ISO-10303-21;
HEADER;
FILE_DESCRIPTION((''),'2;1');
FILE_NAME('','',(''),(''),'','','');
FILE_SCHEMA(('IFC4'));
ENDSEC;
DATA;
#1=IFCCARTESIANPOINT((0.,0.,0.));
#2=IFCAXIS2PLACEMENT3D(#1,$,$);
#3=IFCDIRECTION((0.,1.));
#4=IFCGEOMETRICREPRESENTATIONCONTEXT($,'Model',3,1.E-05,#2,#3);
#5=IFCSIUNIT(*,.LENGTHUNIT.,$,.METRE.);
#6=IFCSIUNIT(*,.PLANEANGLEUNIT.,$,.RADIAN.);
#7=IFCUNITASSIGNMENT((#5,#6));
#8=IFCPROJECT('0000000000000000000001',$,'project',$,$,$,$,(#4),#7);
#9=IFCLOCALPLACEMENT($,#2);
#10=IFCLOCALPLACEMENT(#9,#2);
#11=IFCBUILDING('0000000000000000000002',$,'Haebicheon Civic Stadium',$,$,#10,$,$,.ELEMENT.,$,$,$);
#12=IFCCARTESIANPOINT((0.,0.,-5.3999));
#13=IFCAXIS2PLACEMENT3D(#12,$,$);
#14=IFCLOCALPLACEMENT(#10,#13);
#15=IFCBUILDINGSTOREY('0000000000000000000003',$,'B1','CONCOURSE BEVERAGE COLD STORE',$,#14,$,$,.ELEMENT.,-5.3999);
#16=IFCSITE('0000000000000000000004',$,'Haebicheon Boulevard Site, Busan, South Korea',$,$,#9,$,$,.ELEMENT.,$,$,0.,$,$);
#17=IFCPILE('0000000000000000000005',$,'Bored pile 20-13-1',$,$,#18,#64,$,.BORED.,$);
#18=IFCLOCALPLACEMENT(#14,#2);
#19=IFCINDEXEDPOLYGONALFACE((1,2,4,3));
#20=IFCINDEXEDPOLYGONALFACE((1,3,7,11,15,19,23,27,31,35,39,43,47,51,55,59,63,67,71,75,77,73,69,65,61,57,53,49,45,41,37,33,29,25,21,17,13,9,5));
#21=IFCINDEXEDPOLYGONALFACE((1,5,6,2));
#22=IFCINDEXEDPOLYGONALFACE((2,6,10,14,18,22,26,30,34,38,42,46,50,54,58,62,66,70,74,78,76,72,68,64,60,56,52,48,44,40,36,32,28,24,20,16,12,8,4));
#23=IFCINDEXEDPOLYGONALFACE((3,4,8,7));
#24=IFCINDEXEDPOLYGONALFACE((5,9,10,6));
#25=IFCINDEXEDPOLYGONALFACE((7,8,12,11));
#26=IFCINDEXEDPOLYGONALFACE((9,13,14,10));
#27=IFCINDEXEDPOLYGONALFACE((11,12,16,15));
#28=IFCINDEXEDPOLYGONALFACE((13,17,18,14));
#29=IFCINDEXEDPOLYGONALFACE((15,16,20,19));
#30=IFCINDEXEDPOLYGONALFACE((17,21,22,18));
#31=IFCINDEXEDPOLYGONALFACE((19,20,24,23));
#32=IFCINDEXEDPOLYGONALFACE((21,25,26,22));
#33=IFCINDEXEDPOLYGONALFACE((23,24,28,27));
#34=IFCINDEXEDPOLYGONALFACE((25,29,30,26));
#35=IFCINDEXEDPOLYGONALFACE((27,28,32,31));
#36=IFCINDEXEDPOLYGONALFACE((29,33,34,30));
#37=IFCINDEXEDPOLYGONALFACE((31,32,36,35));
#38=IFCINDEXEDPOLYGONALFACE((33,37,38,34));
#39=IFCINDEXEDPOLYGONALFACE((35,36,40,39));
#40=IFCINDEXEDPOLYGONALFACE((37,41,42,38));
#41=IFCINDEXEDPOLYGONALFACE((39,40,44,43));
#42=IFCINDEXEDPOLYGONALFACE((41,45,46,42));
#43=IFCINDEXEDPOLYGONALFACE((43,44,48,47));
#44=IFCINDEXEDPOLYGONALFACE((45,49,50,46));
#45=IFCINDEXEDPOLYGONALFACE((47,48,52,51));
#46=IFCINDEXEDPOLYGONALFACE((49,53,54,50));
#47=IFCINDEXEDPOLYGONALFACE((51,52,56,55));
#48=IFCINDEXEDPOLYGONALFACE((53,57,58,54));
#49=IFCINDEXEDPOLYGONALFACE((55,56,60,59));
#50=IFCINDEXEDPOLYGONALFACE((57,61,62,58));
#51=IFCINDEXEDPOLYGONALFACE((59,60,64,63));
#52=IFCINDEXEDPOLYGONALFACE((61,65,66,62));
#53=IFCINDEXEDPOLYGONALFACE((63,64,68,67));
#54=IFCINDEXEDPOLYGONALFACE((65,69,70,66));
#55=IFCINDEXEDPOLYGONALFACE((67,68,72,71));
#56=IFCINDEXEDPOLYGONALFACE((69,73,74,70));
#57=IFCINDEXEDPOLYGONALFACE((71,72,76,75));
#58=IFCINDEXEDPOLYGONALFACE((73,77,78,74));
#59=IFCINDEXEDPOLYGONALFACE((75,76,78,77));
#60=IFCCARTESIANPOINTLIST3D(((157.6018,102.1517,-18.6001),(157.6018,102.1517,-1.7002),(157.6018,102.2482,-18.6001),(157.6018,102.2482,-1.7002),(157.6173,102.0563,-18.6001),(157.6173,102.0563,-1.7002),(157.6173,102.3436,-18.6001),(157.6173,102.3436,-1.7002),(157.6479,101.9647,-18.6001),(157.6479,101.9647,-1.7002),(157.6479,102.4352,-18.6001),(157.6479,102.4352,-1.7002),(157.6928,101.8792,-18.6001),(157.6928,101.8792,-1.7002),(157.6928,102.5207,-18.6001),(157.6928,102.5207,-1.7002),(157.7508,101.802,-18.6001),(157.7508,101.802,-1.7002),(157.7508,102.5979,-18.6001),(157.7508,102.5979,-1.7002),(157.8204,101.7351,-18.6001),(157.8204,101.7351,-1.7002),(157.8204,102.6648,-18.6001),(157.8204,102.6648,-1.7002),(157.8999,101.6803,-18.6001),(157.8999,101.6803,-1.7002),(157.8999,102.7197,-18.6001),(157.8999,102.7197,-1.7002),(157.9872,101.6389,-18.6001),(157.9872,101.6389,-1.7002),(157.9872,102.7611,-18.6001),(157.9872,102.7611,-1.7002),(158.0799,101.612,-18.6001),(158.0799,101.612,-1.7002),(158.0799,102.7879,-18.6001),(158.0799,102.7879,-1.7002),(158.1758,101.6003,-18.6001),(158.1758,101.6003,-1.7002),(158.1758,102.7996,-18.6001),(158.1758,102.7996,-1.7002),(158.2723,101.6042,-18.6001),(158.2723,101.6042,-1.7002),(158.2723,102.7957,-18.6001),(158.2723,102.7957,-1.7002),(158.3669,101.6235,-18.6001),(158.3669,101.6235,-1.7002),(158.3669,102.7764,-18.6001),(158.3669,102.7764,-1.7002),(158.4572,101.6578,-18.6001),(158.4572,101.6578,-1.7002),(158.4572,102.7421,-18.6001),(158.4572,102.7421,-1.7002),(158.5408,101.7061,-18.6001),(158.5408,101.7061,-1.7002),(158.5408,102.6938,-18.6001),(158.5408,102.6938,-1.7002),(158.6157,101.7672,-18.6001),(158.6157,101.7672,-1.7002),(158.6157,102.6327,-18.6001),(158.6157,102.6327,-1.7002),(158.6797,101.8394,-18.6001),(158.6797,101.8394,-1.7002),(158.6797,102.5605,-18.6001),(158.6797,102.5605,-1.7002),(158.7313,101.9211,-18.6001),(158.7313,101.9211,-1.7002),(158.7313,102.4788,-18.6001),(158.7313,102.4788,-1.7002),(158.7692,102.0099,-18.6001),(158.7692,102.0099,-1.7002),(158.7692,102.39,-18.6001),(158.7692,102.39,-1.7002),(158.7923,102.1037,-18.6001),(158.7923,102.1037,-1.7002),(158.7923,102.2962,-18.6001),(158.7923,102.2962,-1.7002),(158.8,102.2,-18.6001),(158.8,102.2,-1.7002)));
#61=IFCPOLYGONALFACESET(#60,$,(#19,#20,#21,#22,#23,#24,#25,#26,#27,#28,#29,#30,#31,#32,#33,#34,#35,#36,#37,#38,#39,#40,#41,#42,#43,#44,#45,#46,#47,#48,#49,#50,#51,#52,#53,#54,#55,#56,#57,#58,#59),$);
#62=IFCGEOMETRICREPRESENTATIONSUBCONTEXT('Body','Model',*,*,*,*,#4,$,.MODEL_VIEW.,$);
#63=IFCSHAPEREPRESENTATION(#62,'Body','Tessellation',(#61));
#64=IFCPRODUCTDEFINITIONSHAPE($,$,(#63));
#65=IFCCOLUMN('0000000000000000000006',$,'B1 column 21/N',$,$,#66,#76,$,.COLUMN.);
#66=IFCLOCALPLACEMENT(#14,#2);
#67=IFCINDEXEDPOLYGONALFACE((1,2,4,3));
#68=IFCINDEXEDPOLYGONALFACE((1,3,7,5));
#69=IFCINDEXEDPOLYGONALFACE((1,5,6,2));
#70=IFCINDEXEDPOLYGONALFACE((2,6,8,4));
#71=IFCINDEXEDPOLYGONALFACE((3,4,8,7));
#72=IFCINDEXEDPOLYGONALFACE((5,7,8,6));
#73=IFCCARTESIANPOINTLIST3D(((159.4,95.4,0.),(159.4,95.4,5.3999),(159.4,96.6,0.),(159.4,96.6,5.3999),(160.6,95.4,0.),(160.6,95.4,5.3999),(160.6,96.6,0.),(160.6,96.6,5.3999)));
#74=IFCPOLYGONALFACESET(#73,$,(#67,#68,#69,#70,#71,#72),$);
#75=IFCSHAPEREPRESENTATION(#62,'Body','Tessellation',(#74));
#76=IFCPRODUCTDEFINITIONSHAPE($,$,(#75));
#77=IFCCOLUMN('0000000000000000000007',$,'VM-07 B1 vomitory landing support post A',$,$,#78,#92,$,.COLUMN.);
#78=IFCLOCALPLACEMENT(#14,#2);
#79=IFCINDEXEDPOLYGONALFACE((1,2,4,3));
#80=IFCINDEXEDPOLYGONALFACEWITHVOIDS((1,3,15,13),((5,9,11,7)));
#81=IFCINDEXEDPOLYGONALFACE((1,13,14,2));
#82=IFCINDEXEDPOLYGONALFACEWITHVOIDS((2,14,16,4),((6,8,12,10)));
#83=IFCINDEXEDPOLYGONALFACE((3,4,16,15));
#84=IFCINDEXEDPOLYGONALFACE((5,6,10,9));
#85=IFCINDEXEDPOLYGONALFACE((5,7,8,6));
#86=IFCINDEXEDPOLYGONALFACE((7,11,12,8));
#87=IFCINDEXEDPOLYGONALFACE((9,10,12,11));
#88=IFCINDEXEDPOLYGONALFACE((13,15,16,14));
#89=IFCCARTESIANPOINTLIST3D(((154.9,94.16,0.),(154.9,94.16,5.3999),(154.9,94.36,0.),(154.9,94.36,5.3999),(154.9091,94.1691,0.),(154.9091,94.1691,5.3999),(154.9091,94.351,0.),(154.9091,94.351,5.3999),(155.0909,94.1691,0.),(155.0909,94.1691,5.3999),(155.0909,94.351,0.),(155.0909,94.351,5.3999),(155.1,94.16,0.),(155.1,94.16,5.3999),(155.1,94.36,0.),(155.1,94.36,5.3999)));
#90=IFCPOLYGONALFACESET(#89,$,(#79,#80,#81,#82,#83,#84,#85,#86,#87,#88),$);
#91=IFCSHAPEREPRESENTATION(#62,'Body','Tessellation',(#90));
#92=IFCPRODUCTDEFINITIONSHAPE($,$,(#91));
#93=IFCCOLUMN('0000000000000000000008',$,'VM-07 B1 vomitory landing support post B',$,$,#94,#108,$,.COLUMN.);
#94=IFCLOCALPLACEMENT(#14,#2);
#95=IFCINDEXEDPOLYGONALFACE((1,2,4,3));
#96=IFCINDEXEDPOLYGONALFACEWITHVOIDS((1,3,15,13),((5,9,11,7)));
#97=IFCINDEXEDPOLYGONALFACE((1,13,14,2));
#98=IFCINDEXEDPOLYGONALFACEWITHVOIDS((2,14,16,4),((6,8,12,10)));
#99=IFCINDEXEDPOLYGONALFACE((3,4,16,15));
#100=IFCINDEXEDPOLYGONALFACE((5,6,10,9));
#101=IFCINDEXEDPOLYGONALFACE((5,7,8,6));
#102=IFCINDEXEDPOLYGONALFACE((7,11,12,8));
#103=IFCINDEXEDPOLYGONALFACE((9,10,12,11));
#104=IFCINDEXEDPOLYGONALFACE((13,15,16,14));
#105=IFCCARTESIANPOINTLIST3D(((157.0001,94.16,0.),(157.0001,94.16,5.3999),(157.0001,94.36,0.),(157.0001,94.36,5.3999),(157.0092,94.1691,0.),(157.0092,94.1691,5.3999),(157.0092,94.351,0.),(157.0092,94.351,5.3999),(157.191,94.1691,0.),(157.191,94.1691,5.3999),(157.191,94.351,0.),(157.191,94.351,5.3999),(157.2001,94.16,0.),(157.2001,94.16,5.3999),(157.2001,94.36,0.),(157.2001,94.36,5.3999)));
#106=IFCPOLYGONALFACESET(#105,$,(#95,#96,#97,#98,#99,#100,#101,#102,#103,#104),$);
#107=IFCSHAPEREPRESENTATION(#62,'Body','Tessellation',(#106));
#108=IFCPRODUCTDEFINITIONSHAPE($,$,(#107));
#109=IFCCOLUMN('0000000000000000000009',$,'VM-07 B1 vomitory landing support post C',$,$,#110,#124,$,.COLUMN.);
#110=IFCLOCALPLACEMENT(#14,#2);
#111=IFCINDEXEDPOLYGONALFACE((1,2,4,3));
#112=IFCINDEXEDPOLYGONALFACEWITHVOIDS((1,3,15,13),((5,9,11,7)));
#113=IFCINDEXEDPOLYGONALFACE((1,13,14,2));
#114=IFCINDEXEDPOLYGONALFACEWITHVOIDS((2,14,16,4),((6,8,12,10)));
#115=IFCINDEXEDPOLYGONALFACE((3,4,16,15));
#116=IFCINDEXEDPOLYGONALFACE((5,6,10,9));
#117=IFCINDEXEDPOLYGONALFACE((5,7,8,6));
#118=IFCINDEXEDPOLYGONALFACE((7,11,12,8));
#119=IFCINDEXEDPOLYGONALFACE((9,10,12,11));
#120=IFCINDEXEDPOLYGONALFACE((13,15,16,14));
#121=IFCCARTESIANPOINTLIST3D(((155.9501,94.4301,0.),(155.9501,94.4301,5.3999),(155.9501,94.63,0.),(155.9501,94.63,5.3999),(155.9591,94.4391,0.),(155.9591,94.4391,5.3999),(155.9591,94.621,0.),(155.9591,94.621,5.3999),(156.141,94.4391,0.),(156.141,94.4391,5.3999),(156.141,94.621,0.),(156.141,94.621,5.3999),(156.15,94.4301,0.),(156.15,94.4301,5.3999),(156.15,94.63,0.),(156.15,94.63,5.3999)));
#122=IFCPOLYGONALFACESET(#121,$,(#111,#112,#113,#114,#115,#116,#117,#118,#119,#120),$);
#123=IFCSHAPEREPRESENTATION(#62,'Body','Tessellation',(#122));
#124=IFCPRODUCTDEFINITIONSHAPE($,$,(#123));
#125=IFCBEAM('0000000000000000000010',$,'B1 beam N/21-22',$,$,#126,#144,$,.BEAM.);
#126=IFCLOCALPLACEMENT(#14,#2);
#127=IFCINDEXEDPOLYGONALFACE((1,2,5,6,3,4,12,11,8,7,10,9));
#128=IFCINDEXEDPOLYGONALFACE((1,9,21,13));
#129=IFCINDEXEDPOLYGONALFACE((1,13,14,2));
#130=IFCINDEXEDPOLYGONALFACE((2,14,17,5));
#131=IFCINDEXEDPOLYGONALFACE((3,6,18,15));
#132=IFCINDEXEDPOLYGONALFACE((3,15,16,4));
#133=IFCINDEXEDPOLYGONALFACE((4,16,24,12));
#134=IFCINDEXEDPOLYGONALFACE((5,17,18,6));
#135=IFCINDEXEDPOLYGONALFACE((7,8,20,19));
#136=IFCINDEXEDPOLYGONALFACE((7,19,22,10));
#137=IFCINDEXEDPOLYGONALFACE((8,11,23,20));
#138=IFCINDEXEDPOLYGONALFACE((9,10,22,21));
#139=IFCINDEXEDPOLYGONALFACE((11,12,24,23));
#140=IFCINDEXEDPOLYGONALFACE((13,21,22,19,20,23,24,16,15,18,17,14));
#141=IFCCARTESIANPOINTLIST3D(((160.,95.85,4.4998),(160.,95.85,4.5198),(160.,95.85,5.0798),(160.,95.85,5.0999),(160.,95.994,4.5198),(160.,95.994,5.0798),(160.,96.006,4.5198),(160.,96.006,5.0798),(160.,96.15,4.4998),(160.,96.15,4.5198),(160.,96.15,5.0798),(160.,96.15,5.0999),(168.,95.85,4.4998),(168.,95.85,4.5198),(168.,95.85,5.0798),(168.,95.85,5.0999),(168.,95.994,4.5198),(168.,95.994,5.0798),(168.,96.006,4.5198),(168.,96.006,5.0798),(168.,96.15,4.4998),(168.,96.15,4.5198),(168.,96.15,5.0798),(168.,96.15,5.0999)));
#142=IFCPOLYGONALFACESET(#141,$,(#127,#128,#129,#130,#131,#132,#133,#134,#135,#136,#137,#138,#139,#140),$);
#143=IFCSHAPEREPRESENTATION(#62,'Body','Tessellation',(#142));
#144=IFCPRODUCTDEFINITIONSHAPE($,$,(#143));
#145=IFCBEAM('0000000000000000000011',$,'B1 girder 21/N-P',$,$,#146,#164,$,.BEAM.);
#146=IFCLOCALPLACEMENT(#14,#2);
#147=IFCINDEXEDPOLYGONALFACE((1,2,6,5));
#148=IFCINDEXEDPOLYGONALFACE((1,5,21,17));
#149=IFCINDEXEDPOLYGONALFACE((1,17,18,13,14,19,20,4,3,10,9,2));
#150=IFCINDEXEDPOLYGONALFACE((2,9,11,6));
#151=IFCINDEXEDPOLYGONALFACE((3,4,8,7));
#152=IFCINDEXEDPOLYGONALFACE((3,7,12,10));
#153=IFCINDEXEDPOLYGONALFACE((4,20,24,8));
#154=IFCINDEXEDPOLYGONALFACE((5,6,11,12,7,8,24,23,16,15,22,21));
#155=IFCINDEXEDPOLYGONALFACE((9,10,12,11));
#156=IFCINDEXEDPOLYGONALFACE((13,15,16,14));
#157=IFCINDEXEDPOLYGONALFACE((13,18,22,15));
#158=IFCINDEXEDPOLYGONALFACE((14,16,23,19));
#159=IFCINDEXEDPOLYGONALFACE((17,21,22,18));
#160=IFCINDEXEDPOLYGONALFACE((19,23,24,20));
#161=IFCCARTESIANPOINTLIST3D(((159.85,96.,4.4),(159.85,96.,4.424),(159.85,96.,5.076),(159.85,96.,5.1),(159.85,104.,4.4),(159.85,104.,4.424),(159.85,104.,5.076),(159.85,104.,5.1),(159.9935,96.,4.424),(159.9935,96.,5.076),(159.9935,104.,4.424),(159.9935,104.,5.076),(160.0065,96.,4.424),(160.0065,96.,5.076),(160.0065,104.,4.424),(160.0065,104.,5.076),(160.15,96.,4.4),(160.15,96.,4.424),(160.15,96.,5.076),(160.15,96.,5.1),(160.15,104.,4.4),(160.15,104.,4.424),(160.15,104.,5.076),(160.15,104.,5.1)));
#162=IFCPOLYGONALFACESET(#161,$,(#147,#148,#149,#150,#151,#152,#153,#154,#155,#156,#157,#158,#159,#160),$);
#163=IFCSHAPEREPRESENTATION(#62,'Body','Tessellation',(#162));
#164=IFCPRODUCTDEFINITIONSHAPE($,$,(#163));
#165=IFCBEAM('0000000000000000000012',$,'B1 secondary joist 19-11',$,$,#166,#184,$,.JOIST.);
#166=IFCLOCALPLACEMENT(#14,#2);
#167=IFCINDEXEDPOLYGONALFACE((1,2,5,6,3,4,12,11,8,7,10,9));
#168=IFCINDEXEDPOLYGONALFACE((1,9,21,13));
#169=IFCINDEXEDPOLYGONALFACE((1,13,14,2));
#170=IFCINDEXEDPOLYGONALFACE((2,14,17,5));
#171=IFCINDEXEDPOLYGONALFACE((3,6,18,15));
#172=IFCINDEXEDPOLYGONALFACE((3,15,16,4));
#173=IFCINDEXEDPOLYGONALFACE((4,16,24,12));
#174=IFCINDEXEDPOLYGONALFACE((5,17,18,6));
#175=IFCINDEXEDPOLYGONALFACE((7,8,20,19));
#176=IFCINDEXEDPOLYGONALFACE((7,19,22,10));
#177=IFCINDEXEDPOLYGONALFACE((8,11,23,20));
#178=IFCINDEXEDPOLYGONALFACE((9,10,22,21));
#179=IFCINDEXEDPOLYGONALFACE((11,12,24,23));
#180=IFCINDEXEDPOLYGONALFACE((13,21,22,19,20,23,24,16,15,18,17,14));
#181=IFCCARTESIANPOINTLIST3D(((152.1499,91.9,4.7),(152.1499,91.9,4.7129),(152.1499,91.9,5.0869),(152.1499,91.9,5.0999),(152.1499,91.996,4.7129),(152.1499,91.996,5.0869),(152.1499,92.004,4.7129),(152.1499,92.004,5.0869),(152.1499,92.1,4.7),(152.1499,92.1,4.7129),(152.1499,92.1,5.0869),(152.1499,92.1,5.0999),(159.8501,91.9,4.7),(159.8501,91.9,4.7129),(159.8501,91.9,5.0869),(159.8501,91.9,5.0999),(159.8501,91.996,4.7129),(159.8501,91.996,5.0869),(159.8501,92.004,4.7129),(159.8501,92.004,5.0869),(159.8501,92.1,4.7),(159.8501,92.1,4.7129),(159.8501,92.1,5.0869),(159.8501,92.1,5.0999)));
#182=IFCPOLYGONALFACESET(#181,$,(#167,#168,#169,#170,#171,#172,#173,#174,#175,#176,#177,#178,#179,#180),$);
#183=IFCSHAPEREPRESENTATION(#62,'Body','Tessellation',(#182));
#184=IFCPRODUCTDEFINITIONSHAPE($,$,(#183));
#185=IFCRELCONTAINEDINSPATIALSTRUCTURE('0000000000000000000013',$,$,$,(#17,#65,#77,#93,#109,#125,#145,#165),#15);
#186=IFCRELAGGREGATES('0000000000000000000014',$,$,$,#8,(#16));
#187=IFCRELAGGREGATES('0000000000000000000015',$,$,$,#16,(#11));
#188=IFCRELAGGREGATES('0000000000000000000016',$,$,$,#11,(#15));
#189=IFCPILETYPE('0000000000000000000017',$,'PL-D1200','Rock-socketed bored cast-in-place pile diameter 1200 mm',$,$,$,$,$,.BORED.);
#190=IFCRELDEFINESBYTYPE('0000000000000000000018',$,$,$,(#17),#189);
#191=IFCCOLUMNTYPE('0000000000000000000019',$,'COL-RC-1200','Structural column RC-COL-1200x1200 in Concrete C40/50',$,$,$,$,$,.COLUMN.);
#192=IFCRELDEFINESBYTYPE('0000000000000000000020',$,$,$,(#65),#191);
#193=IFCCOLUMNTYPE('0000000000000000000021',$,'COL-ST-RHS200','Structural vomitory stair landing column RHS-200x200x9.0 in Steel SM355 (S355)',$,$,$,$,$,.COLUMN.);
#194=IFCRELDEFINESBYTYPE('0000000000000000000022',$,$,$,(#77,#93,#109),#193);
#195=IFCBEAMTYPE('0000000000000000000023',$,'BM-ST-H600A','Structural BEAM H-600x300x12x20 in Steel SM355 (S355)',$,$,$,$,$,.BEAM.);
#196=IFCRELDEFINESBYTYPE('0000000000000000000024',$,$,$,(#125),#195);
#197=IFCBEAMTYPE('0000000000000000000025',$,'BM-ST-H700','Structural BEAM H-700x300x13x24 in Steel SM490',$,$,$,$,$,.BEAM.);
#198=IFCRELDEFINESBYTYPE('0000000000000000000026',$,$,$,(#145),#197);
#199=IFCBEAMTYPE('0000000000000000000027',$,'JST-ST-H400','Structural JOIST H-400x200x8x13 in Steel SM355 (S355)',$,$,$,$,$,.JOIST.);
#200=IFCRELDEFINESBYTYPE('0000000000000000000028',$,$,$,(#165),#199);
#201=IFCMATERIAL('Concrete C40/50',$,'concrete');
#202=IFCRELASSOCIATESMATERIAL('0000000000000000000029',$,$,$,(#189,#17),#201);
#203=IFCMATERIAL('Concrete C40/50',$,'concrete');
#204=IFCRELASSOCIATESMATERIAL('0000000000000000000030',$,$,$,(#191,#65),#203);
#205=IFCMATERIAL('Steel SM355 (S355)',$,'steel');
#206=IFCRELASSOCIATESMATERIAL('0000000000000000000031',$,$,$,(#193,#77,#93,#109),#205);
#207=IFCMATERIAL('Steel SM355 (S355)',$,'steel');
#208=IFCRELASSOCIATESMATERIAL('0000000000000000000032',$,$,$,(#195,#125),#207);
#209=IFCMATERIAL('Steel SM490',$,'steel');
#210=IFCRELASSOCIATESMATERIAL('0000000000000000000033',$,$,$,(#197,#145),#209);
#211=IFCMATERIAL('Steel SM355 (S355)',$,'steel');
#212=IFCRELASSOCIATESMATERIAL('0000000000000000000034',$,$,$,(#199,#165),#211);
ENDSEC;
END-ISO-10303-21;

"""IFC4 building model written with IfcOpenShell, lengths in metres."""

from ifc_helpers import new_model, si_unit, direction, frame, origin, origin_2d, place, context, subcontext, project, spatial, rectangle, hollow_rectangle, circle, i_section, extrude, material, material_profile, profile_set, type_object, element, save


model = new_model("IFC4")

# Units and contexts
model_context = context("Model", 3, precision=1e-05, world=origin(), true_north=direction((0.0, 1.0)))
body_context = subcontext(model_context, "Body", "Model", "MODEL_VIEW")
ifc_project = project(units=[si_unit("LENGTHUNIT", "METRE"), si_unit("PLANEANGLEUNIT", "RADIAN")], contexts=[model_context])

# Site, building, storey
site_placement = place(None, origin())
site = spatial("IfcSite", under=ifc_project, at=site_placement, Name="Haebicheon Boulevard Site, Busan, South Korea", CompositionType="ELEMENT", RefElevation=0.0)
building_placement = place(site_placement, origin())
building = spatial("IfcBuilding", under=site, at=building_placement, Name="Haebicheon Civic Stadium", CompositionType="ELEMENT")
storey_placement = place(building_placement, frame((0.0, 0.0, -5.3999)))
storey = spatial("IfcBuildingStorey", under=building, at=storey_placement, Name="B1", Description="CONCOURSE BEVERAGE COLD STORE", CompositionType="ELEMENT", Elevation=-5.3999)

# Pile
ifc_material_1 = material(Name="Concrete C40/50", Category="concrete")
ifc_material_profile_1 = material_profile(ifc_material_1, circle(Radius=0.6001, at=origin_2d()), Name="PILE-D1200")
ifc_profile_set_1 = profile_set([ifc_material_profile_1], Name="Concrete C40/50")
pile_type = type_object("IfcPileType", Name="PL-D1200", Description="Rock-socketed bored cast-in-place pile diameter 1200 mm", PredefinedType="BORED", material=ifc_profile_set_1)
for number, where, z_axis, x_axis, name in (
    (1, (158.2, 102.2, -1.7002), (0.0, 0.0, -1.0), (1.0, 0.0, 0.0), "Bored pile 20-13-1"),
):
    element("IfcPile", number, at=place(storey_placement, frame(where, z_axis=z_axis, x_axis=x_axis)), inside=storey, type_object=pile_type, material=ifc_profile_set_1, Name=name, PredefinedType="BORED", context=body_context, shape_type="SweptSolid", body=[
        extrude(circle(Radius=0.6001, at=origin_2d()), origin(), (0.0, 0.0, 1.0), 16.8999),
    ])

# Columns
ifc_material_2 = material(Name="Concrete C40/50", Category="concrete")
ifc_material_profile_2 = material_profile(ifc_material_2, rectangle(XDim=1.2, YDim=1.2, at=origin_2d()), Name="RC-COL-1200x1200")
ifc_profile_set_2 = profile_set([ifc_material_profile_2], Name="Concrete C40/50")
column_type_1 = type_object("IfcColumnType", Name="COL-RC-1200", Description="Structural column RC-COL-1200x1200 in Concrete C40/50", PredefinedType="COLUMN", material=ifc_profile_set_2)
column_placement = place(storey_placement, frame((160.0, 96.0, 0.0), z_axis=(0.0, 0.0, 1.0), x_axis=(1.0, 0.0, 0.0)))
element("IfcColumn", 2, at=column_placement, inside=storey, type_object=column_type_1, material=ifc_profile_set_2, Name="B1 column 21/N", PredefinedType="COLUMN", context=body_context, shape_type="SweptSolid", body=[
    extrude(rectangle(XDim=1.2, YDim=1.2, at=origin_2d()), origin(), (0.0, 0.0, 1.0), 5.3999),
])
ifc_material_3 = material(Name="Steel SM355 (S355)", Category="steel")
ifc_material_profile_3 = material_profile(ifc_material_3, hollow_rectangle(XDim=0.2, YDim=0.2, WallThickness=0.009, at=origin_2d()), Name="RHS-200x200x9.0")
ifc_profile_set_3 = profile_set([ifc_material_profile_3], Name="Steel SM355 (S355)")
column_type_2 = type_object("IfcColumnType", Name="COL-ST-RHS200", Description="Structural vomitory stair landing column RHS-200x200x9.0 in Steel SM355 (S355)", PredefinedType="COLUMN", material=ifc_profile_set_3)
for number, where, z_axis, x_axis, name in (
    (3, (155.0, 94.26, 0.0), (0.0, 0.0, 1.0), (1.0, 0.0, 0.0), "VM-07 B1 vomitory landing support post A"),
    (4, (157.1001, 94.26, 0.0), (0.0, 0.0, 1.0), (1.0, 0.0, 0.0), "VM-07 B1 vomitory landing support post B"),
    (5, (156.05, 94.53, 0.0), (0.0, 0.0, 1.0), (1.0, 0.0, 0.0), "VM-07 B1 vomitory landing support post C"),
):
    element("IfcColumn", number, at=place(storey_placement, frame(where, z_axis=z_axis, x_axis=x_axis)), inside=storey, type_object=column_type_2, material=ifc_profile_set_3, Name=name, PredefinedType="COLUMN", context=body_context, shape_type="SweptSolid", body=[
        extrude(hollow_rectangle(XDim=0.2, YDim=0.2, WallThickness=0.009, at=origin_2d()), origin(), (0.0, 0.0, 1.0), 5.3999),
    ])

# Beams
ifc_material_4 = material(Name="Steel SM355 (S355)", Category="steel")
ifc_material_profile_4 = material_profile(ifc_material_4, i_section(OverallWidth=0.3, OverallDepth=0.6001, WebThickness=0.012, FlangeThickness=0.02, at=origin_2d()), Name="H-600x300x12x20")
ifc_profile_set_4 = profile_set([ifc_material_profile_4], Name="Steel SM355 (S355)")
beam_type_1 = type_object("IfcBeamType", Name="BM-ST-H600A", Description="Structural BEAM H-600x300x12x20 in Steel SM355 (S355)", PredefinedType="BEAM", material=ifc_profile_set_4)
beam_1_placement = place(storey_placement, frame((160.0, 96.0, 4.7998), z_axis=(1.0, 0.0, 0.0), x_axis=(0.0, 1.0, 0.0)))
element("IfcBeam", 6, at=beam_1_placement, inside=storey, type_object=beam_type_1, material=ifc_profile_set_4, Name="B1 beam N/21-22", PredefinedType="BEAM", context=body_context, shape_type="SweptSolid", body=[
    extrude(i_section(OverallWidth=0.3, OverallDepth=0.6001, WebThickness=0.012, FlangeThickness=0.02, at=origin_2d()), origin(), (0.0, 0.0, 1.0), 8.0),
])
ifc_material_5 = material(Name="Steel SM490", Category="steel")
ifc_material_profile_5 = material_profile(ifc_material_5, i_section(OverallWidth=0.3, OverallDepth=0.7, WebThickness=0.0129, FlangeThickness=0.0239, at=origin_2d()), Name="H-700x300x13x24")
ifc_profile_set_5 = profile_set([ifc_material_profile_5], Name="Steel SM490")
beam_type_2 = type_object("IfcBeamType", Name="BM-ST-H700", Description="Structural BEAM H-700x300x13x24 in Steel SM490", PredefinedType="BEAM", material=ifc_profile_set_5)
beam_2_placement = place(storey_placement, frame((160.0, 96.0, 4.75), z_axis=(0.0, 1.0, 0.0), x_axis=(-1.0, 0.0, 0.0)))
element("IfcBeam", 7, at=beam_2_placement, inside=storey, type_object=beam_type_2, material=ifc_profile_set_5, Name="B1 girder 21/N-P", PredefinedType="BEAM", context=body_context, shape_type="SweptSolid", body=[
    extrude(i_section(OverallWidth=0.3, OverallDepth=0.7, WebThickness=0.0129, FlangeThickness=0.0239, at=origin_2d()), origin(), (0.0, 0.0, 1.0), 8.0),
])
ifc_material_6 = material(Name="Steel SM355 (S355)", Category="steel")
ifc_material_profile_6 = material_profile(ifc_material_6, i_section(OverallWidth=0.2, OverallDepth=0.3999, WebThickness=0.0081, FlangeThickness=0.0129, at=origin_2d()), Name="H-400x200x8x13")
ifc_profile_set_6 = profile_set([ifc_material_profile_6], Name="Steel SM355 (S355)")
beam_type_3 = type_object("IfcBeamType", Name="JST-ST-H400", Description="Structural JOIST H-400x200x8x13 in Steel SM355 (S355)", PredefinedType="JOIST", material=ifc_profile_set_6)
for number, where, z_axis, x_axis, name in (
    (8, (152.1499, 92.0, 4.8999), (1.0, 0.0, 0.0), (0.0, 1.0, 0.0), "B1 secondary joist 19-11"),
):
    element("IfcBeam", number, at=place(storey_placement, frame(where, z_axis=z_axis, x_axis=x_axis)), inside=storey, type_object=beam_type_3, material=ifc_profile_set_6, Name=name, PredefinedType="JOIST", context=body_context, shape_type="SweptSolid", body=[
        extrude(i_section(OverallWidth=0.2, OverallDepth=0.3999, WebThickness=0.0081, FlangeThickness=0.0129, at=origin_2d()), origin(), (0.0, 0.0, 1.0), 7.7002),
    ])

save(model, "model.ifc")
